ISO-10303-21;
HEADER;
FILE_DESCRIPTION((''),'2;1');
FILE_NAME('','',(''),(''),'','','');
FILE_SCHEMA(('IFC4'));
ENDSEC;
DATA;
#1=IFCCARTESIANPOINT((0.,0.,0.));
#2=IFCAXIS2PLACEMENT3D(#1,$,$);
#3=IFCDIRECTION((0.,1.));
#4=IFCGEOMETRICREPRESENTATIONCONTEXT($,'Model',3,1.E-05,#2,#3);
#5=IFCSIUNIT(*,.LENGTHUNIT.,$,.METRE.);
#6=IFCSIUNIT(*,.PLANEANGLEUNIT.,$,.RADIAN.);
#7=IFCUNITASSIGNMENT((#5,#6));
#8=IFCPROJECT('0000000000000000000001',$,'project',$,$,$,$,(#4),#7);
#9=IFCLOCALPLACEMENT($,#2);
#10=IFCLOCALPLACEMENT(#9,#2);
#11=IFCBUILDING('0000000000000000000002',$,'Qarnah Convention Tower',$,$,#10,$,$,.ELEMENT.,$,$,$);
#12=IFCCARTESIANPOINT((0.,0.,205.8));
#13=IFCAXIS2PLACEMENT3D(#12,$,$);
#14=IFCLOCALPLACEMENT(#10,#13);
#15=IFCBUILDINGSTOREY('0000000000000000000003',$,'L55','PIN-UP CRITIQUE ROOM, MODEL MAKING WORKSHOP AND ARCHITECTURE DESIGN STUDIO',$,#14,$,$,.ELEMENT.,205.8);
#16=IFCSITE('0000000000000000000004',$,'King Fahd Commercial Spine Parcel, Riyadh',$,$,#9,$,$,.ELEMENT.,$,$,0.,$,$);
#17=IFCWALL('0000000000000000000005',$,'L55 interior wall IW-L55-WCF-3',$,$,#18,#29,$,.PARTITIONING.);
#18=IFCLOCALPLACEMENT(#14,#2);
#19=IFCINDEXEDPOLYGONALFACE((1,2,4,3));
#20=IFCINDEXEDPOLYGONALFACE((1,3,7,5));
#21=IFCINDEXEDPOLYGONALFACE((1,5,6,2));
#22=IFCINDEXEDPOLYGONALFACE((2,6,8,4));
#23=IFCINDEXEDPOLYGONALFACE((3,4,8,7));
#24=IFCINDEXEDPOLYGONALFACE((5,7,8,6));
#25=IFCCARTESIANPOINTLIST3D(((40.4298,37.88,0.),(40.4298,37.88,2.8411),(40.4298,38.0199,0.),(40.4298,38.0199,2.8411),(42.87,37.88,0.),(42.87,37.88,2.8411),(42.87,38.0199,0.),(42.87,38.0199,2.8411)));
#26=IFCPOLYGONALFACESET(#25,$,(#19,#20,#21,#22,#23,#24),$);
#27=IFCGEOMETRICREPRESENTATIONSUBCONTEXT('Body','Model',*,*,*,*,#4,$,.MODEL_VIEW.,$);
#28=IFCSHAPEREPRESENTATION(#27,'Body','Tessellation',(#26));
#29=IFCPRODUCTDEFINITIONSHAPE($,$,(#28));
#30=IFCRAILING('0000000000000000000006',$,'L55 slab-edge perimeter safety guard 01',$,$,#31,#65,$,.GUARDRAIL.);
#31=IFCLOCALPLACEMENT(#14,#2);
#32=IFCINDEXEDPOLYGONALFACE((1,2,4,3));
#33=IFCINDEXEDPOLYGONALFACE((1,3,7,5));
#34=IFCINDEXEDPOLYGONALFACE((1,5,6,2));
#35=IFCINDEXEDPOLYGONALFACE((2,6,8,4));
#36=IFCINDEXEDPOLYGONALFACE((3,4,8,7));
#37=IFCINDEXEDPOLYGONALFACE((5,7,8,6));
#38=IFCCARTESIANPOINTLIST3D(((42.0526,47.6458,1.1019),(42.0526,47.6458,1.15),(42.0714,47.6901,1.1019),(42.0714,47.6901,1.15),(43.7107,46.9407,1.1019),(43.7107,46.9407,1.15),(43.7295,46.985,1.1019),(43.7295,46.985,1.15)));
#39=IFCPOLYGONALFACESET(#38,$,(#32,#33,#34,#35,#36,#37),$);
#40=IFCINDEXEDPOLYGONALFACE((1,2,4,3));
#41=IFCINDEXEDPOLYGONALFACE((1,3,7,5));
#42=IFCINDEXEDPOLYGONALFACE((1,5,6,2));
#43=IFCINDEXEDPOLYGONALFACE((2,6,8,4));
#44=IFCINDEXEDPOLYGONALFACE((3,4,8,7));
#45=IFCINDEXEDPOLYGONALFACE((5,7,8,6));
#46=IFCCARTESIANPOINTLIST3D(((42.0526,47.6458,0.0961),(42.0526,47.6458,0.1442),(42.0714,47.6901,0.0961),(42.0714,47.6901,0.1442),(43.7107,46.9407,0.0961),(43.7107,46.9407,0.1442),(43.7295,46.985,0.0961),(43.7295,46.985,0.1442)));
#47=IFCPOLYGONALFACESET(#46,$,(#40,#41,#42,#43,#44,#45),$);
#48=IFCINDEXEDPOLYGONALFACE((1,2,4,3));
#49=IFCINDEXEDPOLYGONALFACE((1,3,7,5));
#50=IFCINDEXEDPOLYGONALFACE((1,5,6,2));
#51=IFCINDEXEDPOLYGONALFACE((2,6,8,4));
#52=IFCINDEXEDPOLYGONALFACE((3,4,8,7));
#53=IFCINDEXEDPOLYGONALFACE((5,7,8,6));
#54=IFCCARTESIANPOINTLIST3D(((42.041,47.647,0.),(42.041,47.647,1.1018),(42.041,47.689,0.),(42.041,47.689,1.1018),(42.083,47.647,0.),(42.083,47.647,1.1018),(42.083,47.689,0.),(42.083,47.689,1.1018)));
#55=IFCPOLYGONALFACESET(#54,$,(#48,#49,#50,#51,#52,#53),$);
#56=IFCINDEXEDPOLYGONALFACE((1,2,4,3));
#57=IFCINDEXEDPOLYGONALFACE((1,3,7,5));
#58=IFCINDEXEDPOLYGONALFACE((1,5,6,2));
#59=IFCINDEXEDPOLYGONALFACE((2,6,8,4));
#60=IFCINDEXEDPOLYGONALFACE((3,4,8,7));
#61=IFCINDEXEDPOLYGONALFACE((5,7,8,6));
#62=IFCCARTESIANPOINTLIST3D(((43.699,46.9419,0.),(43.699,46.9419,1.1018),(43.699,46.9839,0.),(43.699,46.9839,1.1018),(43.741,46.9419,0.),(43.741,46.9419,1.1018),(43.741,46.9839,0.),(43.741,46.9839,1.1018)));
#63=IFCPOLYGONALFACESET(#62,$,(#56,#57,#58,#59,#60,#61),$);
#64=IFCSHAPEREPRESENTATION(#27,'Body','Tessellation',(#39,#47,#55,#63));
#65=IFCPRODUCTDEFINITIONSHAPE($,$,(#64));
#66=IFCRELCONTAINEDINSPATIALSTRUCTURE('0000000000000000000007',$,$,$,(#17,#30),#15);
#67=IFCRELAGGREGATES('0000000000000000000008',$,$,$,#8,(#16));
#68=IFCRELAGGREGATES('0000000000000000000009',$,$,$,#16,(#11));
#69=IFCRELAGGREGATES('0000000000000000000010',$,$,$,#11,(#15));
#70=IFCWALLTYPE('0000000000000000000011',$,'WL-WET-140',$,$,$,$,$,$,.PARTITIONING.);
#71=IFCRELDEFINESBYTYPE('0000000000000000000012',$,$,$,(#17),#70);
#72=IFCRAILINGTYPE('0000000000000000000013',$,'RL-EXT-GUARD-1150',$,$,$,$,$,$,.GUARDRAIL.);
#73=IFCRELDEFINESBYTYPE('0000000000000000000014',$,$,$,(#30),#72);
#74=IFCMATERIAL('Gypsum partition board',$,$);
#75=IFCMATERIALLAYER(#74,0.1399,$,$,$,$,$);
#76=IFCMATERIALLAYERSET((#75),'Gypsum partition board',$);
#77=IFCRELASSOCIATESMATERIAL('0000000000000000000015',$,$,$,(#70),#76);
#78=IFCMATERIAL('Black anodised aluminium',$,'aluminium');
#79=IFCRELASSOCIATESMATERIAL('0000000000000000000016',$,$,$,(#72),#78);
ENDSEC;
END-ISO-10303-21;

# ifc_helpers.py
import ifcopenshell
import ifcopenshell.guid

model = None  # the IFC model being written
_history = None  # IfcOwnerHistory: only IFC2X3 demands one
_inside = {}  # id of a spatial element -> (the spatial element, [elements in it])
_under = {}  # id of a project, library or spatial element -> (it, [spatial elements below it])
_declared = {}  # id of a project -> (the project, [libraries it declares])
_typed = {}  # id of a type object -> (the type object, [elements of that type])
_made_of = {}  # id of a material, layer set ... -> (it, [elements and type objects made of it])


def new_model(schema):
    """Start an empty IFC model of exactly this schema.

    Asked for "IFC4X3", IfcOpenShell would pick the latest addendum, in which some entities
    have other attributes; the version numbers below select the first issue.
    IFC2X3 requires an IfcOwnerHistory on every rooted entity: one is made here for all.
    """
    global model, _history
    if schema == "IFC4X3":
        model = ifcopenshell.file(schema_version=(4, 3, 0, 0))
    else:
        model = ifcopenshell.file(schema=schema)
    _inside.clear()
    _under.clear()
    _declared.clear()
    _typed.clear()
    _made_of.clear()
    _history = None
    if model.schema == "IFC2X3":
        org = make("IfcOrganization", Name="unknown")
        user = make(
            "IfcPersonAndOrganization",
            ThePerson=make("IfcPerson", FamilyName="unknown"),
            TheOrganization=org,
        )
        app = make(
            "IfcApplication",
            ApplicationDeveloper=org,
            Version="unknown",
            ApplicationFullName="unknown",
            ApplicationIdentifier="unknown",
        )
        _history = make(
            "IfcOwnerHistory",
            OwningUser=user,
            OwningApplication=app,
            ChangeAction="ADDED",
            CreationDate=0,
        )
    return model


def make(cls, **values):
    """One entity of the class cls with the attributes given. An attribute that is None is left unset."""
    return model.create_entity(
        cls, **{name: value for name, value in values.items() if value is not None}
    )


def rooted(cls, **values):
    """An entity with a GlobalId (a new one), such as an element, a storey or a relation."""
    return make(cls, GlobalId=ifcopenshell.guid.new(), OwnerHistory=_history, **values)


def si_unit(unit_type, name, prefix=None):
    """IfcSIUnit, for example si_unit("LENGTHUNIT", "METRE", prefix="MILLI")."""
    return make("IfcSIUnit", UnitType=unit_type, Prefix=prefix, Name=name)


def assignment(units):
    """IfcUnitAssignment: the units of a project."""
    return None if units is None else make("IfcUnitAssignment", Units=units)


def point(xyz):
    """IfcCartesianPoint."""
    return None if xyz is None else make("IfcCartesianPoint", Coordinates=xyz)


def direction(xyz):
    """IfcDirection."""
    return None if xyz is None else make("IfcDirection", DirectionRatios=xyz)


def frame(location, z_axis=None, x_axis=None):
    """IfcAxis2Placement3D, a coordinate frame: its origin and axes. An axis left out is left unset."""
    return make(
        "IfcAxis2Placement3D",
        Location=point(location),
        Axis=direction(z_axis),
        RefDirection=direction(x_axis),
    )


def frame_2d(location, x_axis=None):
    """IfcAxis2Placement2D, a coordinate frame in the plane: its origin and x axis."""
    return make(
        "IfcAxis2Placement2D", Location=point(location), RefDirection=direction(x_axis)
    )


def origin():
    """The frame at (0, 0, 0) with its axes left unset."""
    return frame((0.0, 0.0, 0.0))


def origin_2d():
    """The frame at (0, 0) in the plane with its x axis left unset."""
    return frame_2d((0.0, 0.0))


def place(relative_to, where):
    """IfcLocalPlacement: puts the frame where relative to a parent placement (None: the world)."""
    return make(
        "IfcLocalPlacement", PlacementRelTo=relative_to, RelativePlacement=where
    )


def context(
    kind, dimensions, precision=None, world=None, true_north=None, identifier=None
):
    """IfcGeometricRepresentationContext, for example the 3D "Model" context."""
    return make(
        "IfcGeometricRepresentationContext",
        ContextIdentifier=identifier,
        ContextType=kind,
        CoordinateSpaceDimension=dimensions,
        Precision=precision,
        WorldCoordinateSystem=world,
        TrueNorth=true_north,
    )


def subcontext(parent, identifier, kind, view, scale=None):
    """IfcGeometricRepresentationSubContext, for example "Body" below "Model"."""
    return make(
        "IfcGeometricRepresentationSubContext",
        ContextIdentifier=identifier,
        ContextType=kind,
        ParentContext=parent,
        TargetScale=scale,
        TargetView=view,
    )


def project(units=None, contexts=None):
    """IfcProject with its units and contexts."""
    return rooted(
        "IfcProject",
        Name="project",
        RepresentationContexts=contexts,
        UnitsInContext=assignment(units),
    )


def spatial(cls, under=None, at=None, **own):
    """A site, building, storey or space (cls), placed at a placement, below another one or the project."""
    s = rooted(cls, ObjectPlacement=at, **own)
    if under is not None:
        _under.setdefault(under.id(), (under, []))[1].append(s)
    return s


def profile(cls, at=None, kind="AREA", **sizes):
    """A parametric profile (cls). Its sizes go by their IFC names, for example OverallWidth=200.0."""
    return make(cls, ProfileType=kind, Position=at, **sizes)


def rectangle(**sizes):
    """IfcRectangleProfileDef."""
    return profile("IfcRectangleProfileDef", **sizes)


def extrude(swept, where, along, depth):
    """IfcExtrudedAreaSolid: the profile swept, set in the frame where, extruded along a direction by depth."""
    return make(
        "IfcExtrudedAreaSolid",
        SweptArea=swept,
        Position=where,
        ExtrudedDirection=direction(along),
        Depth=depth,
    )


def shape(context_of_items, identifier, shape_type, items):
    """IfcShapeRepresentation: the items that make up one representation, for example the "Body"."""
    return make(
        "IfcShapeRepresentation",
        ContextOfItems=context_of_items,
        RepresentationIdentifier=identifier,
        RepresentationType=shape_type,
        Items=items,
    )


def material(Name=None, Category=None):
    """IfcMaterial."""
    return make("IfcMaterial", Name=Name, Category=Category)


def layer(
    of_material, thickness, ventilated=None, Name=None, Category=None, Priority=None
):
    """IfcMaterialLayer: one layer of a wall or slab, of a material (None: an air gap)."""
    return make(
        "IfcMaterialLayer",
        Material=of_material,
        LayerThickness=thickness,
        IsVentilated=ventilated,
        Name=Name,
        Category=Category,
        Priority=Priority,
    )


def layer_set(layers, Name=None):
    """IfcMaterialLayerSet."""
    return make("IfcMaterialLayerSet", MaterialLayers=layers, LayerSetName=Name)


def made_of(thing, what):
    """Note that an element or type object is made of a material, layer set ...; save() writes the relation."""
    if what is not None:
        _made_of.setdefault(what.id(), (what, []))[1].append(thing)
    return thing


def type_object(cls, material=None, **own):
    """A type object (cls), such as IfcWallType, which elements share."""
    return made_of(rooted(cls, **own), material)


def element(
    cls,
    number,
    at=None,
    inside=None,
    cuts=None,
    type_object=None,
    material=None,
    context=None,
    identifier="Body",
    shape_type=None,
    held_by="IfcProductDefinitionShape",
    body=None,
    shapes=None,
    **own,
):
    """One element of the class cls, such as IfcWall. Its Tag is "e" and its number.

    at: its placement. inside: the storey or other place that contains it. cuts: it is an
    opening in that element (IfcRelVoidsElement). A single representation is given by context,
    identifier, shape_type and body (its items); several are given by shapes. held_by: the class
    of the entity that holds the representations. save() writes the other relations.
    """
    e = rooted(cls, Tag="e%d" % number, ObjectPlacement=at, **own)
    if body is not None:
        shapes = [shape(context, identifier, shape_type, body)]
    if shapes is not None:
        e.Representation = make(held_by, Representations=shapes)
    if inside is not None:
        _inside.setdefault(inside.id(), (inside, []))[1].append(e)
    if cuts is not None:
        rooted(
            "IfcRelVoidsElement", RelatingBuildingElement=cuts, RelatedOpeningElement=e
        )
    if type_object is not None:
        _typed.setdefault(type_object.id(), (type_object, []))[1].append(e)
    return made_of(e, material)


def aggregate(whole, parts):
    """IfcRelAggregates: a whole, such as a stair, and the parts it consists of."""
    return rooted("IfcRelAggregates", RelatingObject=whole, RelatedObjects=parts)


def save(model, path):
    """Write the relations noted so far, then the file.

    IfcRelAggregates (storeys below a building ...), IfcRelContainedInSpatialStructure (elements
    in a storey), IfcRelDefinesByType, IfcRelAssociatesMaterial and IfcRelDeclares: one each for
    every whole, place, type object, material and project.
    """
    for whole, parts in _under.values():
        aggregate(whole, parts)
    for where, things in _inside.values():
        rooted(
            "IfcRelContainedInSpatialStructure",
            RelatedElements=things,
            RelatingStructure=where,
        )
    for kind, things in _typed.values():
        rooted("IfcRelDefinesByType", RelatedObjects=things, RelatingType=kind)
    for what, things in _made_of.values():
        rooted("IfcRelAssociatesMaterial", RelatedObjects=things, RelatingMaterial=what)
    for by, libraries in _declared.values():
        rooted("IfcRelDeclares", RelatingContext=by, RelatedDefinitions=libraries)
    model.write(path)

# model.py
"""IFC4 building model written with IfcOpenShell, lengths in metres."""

from ifc_helpers import new_model, si_unit, direction, frame, frame_2d, origin, origin_2d, place, context, subcontext, project, spatial, rectangle, extrude, material, layer, layer_set, type_object, element, save


model = new_model("IFC4")

# Units and contexts
model_context = context("Model", 3, precision=1e-05, world=origin(), true_north=direction((0.0, 1.0)))
body_context = subcontext(model_context, "Body", "Model", "MODEL_VIEW")
ifc_project = project(units=[si_unit("LENGTHUNIT", "METRE"), si_unit("PLANEANGLEUNIT", "RADIAN")], contexts=[model_context])

# Site, building, storey
site_placement = place(None, origin())
site = spatial("IfcSite", under=ifc_project, at=site_placement, Name="King Fahd Commercial Spine Parcel, Riyadh", CompositionType="ELEMENT", RefElevation=0.0)
building_placement = place(site_placement, origin())
building = spatial("IfcBuilding", under=site, at=building_placement, Name="Qarnah Convention Tower", CompositionType="ELEMENT")
storey_placement = place(building_placement, frame((0.0, 0.0, 205.8)))
storey = spatial("IfcBuildingStorey", under=building, at=storey_placement, Name="L55", Description="PIN-UP CRITIQUE ROOM, MODEL MAKING WORKSHOP AND ARCHITECTURE DESIGN STUDIO", CompositionType="ELEMENT", Elevation=205.8)

# Shared definitions
ifc_material_1 = material(Name="Black anodised aluminium", Category="aluminium")

# Shared definitions
ifc_material_2 = material(Name="Gypsum partition board")

# Shared definitions
ifc_layer_1 = layer(ifc_material_2, 0.1399)
ifc_layer_set_1 = layer_set([ifc_layer_1], Name="Gypsum partition board")
wall_type_1 = type_object("IfcWallType", Name="WL-WET-140", PredefinedType="PARTITIONING", material=ifc_layer_set_1)

# Wall
wall_1_placement = place(storey_placement, frame((42.8701, 37.95, 0.0), z_axis=(0.0, 0.0, 1.0), x_axis=(-1.0, 0.0, 0.0)))
element("IfcWall", 1, at=wall_1_placement, inside=storey, type_object=wall_type_1, Name="L55 interior wall IW-L55-WCF-3", PredefinedType="PARTITIONING", context=body_context, shape_type="SweptSolid", body=[
    extrude(rectangle(XDim=2.4402, YDim=0.1399, at=frame_2d((1.2202, 0.0))), origin(), (0.0, 0.0, 1.0), 2.8411),
])

# Railing
railing_type = type_object("IfcRailingType", Name="RL-EXT-GUARD-1150", PredefinedType="GUARDRAIL", material=ifc_material_1)
railing_1_placement = place(storey_placement, frame((42.062, 47.668, 0.0)))
element("IfcRailing", 2, at=railing_1_placement, inside=storey, type_object=railing_type, Name="L55 slab-edge perimeter safety guard 01", PredefinedType="GUARDRAIL", context=body_context, shape_type="SweptSolid", body=[
    extrude(rectangle(XDim=0.0481, YDim=0.0481, at=origin_2d()), frame((0.0, 0.0, 1.126), z_axis=(0.920242, -0.39135, 0.0), x_axis=(0.39135, 0.920242, 0.0)), (0.0, 0.0, 1.0), 1.8018),
    extrude(rectangle(XDim=0.0481, YDim=0.0481, at=origin_2d()), frame((0.0, 0.0, 0.1201), z_axis=(0.920242, -0.39135, 0.0), x_axis=(0.39135, 0.920242, 0.0)), (0.0, 0.0, 1.0), 1.8018),
    extrude(rectangle(XDim=0.042, YDim=0.042, at=origin_2d()), origin(), (0.0, 0.0, 1.0), 1.1018),
    extrude(rectangle(XDim=0.042, YDim=0.042, at=origin_2d()), frame((1.658, -0.7051, 0.0)), (0.0, 0.0, 1.0), 1.1018),
])

save(model, "model.ifc")
